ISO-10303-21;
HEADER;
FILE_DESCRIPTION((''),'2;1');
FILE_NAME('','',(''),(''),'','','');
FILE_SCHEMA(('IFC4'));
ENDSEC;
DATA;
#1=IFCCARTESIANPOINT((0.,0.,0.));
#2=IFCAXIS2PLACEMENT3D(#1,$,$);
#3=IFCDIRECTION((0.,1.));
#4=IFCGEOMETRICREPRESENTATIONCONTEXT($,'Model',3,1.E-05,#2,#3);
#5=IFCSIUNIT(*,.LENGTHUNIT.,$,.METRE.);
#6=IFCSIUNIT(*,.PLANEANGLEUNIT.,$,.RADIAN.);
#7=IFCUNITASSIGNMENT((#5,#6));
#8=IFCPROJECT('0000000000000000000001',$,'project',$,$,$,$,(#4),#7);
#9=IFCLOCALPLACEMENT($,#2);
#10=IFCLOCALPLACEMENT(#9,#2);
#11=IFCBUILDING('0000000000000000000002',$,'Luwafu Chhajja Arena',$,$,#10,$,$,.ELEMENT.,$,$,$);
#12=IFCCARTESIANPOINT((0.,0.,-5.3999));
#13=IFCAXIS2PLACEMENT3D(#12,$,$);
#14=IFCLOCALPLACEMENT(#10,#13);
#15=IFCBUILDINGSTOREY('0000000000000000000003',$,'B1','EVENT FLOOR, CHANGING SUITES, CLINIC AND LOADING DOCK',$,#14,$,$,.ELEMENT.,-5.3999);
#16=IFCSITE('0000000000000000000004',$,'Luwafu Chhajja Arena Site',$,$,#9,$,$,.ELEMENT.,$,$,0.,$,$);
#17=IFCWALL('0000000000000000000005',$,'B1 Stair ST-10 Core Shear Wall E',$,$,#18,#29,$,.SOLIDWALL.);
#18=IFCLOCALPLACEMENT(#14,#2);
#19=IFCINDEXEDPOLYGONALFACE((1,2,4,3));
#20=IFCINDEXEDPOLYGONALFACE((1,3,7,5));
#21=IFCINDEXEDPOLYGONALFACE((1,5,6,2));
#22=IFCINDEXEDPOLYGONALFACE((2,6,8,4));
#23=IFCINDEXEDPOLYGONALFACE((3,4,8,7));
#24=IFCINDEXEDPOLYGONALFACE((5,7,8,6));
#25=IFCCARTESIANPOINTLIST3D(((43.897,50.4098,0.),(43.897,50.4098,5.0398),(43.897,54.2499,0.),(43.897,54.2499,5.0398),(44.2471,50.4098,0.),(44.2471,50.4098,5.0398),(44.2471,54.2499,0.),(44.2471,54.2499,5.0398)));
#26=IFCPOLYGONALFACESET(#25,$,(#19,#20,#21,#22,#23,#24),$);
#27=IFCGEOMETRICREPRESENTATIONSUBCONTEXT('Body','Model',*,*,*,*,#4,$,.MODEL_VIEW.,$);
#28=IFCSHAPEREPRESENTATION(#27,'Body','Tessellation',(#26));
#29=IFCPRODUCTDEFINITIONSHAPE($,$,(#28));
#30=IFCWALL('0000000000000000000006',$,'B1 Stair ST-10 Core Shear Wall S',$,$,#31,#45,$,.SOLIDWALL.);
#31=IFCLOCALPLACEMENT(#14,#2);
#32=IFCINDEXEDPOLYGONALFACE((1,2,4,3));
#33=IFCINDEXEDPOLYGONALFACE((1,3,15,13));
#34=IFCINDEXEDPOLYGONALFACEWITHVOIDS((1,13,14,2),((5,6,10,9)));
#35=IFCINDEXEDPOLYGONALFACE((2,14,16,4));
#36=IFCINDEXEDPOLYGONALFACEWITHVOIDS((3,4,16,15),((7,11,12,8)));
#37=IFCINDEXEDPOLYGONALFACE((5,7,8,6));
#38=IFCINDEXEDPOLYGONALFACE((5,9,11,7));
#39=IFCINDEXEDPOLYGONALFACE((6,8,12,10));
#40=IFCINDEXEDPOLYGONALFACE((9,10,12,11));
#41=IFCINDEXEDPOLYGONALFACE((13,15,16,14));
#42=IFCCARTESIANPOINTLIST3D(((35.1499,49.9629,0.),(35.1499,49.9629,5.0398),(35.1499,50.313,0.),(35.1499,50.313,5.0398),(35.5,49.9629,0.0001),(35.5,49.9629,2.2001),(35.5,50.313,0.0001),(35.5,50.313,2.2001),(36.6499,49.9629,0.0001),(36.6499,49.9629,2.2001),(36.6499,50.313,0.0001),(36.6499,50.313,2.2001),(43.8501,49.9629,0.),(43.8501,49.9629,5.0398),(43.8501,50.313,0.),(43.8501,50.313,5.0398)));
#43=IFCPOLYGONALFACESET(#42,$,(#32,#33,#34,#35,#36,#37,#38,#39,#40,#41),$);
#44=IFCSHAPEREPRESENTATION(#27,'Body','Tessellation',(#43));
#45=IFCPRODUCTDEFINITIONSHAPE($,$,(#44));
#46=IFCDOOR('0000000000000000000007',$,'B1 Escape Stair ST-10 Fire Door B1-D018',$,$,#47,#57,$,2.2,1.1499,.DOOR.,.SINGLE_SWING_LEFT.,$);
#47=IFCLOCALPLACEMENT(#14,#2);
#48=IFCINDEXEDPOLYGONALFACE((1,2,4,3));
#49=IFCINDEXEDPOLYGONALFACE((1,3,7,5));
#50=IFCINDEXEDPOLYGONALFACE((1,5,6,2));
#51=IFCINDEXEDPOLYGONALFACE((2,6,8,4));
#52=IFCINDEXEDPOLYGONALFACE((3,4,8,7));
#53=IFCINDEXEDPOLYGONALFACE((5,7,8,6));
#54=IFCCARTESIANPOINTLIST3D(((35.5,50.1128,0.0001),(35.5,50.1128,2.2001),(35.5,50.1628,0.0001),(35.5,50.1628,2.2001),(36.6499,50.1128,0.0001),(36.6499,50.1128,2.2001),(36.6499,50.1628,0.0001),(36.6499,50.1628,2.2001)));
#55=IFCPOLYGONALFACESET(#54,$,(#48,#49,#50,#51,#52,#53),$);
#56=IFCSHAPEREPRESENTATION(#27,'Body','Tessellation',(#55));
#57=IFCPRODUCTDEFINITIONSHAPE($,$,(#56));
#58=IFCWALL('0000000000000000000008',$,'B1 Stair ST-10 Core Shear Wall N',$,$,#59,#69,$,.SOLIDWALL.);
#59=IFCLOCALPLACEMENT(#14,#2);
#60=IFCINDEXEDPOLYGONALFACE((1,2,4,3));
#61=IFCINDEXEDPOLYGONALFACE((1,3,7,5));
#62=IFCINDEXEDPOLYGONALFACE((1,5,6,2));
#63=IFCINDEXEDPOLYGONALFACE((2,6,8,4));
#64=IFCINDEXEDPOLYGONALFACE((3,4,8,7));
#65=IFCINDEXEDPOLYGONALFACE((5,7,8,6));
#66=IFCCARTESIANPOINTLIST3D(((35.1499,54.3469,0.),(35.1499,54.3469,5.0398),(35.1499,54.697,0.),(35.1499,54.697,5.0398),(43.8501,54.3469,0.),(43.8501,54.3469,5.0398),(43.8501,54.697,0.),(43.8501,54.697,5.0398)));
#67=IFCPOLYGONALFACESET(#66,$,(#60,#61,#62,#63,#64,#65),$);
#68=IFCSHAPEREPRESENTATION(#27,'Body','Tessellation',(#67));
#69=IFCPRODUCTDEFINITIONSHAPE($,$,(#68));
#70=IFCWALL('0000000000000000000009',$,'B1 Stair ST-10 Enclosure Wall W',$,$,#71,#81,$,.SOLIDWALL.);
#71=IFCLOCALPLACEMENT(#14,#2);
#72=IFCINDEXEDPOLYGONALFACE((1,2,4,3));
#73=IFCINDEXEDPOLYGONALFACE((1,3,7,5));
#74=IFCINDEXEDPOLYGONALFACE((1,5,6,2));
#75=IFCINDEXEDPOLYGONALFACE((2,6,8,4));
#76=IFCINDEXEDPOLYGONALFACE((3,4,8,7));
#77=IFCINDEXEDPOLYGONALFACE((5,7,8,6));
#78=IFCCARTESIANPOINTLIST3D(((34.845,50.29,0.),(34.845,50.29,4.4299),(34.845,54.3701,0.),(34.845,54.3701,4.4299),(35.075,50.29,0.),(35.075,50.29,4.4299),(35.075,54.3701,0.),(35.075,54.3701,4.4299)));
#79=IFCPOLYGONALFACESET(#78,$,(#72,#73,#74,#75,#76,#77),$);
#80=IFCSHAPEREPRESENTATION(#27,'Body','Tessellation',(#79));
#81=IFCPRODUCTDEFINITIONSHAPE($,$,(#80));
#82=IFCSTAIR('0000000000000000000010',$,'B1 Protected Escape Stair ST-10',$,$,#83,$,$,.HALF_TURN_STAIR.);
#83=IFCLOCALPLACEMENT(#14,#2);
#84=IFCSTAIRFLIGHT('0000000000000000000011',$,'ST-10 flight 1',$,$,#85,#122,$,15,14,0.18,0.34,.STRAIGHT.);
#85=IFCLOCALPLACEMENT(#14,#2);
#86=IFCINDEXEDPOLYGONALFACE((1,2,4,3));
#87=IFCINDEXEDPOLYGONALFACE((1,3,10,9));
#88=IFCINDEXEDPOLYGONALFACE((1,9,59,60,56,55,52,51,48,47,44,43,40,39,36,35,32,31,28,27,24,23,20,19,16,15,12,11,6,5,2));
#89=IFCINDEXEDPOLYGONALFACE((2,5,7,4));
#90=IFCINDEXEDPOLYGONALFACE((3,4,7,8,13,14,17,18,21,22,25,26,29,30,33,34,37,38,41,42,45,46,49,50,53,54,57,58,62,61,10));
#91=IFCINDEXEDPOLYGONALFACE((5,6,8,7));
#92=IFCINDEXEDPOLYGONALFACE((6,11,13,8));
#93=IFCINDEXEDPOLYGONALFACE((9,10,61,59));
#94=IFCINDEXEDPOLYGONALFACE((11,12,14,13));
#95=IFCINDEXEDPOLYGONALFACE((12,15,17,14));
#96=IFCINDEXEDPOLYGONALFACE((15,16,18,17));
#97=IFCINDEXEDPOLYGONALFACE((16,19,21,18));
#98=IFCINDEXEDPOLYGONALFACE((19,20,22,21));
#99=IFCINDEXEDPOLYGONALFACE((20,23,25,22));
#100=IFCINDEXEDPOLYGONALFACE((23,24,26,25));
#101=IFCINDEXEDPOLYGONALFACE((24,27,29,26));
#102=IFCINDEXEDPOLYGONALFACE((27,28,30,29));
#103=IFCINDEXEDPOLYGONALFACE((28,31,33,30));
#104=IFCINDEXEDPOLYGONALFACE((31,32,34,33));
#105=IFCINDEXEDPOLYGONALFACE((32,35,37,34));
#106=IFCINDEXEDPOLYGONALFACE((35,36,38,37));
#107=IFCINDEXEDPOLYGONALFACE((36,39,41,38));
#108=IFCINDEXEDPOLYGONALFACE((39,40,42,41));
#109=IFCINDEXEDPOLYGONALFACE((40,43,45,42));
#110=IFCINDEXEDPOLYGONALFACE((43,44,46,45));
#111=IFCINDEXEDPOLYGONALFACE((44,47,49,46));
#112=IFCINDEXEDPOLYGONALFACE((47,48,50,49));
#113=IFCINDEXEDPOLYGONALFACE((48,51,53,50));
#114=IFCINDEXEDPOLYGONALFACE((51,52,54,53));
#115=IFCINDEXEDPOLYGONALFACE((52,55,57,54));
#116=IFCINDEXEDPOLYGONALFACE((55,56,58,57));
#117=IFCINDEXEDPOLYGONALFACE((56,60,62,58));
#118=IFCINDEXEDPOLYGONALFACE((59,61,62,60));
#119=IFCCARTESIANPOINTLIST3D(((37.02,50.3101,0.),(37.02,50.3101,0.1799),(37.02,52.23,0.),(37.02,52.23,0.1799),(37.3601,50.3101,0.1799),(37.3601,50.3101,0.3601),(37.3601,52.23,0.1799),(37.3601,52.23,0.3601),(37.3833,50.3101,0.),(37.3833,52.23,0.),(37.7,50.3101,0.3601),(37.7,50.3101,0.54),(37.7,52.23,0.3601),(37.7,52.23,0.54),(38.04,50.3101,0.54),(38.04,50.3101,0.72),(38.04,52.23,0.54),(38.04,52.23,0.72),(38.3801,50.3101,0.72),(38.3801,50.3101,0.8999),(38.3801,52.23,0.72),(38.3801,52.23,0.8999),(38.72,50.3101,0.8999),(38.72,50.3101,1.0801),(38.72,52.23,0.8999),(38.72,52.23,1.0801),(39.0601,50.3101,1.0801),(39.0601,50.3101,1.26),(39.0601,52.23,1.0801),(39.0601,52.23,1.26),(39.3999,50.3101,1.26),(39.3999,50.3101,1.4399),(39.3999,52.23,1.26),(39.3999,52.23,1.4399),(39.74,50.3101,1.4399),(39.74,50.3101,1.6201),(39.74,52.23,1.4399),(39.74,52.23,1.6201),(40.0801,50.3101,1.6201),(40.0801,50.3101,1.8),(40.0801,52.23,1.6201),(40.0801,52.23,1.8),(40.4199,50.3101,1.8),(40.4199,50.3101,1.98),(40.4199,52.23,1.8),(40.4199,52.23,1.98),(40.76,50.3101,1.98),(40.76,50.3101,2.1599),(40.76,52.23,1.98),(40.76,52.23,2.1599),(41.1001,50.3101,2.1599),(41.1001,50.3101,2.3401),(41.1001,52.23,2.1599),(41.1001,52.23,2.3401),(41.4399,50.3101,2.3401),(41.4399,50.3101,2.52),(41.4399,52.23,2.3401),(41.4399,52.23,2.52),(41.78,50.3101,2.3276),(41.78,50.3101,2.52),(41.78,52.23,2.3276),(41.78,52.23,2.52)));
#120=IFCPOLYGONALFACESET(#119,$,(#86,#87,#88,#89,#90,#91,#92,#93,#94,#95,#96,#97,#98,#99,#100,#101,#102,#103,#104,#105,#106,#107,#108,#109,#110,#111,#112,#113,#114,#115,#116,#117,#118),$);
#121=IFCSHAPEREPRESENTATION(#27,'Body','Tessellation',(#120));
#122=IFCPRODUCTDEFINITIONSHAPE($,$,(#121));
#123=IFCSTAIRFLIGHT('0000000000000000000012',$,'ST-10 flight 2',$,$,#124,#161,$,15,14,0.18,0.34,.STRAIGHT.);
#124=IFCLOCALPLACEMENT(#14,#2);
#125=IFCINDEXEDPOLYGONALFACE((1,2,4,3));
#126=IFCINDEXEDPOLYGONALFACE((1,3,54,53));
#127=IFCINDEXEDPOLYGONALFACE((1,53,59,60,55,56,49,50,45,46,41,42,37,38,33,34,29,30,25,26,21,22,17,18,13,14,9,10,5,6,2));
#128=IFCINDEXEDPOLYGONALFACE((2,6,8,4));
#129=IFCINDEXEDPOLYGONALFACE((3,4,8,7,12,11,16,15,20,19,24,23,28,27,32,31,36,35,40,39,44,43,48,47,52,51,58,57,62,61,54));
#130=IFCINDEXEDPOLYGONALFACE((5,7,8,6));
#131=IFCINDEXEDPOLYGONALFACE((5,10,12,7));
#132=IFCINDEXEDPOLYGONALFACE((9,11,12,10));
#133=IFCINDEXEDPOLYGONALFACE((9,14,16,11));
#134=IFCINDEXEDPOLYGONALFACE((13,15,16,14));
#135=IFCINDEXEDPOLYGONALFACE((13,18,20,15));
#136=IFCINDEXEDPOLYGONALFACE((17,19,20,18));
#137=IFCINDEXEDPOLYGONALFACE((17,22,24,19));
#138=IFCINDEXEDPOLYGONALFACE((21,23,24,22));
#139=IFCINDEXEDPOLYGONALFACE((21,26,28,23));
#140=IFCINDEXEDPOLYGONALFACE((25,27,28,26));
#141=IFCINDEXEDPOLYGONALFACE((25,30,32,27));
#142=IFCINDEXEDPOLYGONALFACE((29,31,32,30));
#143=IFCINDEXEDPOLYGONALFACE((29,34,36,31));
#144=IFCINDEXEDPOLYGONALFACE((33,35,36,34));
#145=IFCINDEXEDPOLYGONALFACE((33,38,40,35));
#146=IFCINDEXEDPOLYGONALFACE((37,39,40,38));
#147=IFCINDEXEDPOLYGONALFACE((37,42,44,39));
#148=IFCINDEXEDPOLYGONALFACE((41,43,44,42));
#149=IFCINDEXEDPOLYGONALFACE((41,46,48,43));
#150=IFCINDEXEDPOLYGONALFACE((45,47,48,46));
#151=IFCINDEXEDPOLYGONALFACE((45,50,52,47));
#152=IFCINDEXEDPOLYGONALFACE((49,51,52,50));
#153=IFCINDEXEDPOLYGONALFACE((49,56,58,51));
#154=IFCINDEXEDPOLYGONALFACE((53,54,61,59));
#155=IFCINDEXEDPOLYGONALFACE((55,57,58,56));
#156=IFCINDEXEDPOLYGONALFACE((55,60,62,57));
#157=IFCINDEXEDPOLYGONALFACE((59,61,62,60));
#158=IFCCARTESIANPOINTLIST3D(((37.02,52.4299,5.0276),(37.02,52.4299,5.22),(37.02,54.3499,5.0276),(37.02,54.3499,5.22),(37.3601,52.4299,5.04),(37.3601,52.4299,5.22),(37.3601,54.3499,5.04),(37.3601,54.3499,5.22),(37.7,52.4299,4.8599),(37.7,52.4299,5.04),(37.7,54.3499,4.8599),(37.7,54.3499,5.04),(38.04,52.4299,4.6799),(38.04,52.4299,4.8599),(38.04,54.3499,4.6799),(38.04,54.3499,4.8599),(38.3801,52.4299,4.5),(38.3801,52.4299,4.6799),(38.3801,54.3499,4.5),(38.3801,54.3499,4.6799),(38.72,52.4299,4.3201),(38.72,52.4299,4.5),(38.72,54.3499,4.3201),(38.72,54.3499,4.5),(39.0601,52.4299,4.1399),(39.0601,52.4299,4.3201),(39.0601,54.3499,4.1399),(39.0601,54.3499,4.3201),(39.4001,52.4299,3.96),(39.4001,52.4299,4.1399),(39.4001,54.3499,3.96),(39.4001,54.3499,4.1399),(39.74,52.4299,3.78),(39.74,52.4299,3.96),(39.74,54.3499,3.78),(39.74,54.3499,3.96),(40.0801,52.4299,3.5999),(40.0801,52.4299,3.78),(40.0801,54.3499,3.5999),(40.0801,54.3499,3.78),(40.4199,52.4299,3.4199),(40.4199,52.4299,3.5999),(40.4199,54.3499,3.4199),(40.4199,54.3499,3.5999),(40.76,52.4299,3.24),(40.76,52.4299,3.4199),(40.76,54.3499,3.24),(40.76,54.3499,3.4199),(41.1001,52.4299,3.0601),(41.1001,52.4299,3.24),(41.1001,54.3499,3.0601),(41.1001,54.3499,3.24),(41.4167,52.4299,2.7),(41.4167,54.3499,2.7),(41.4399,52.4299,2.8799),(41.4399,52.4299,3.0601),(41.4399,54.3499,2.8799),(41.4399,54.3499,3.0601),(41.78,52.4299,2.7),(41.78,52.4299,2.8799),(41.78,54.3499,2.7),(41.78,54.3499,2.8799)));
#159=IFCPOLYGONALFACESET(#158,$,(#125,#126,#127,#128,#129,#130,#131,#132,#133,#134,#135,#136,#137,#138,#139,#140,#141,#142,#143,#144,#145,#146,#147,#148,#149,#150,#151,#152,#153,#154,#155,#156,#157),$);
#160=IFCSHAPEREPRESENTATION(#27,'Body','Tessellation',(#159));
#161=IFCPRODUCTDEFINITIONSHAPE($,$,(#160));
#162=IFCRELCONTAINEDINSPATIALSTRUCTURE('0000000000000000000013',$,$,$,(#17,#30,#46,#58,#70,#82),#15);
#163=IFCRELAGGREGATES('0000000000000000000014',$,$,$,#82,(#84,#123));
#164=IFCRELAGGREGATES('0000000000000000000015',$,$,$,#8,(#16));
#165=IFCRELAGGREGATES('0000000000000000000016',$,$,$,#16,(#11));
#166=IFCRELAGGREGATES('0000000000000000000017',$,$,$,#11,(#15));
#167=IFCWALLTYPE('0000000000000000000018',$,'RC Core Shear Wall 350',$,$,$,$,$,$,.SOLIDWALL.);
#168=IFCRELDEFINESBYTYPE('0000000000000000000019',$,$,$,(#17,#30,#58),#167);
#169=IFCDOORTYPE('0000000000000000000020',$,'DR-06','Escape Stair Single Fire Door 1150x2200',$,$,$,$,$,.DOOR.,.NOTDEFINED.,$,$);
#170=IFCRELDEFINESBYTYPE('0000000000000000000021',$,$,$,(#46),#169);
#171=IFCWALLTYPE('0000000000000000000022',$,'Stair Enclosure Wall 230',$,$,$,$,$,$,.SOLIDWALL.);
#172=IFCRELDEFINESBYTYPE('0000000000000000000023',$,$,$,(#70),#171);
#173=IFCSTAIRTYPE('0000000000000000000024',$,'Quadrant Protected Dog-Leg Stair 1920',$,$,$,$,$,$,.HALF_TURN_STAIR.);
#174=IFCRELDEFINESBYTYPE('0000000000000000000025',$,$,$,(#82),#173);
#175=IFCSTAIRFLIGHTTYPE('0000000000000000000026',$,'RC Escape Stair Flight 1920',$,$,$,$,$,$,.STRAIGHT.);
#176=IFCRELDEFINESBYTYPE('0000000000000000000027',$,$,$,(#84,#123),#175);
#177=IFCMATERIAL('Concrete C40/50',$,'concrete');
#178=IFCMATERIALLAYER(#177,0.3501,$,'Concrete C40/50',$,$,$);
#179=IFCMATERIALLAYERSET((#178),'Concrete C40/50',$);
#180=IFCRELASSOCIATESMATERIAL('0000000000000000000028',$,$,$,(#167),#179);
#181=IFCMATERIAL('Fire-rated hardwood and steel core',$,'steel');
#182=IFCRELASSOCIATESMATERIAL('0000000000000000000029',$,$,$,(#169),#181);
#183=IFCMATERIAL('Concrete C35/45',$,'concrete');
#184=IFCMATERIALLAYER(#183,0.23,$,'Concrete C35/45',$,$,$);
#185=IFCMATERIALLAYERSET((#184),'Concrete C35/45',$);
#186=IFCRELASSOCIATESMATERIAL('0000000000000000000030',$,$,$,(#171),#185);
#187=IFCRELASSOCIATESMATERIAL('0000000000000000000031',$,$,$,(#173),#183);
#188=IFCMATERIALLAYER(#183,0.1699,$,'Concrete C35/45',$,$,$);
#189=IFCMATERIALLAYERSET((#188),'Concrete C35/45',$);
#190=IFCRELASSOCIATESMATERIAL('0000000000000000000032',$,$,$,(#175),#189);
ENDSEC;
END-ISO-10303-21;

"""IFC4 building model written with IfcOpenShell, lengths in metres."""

from ifc_helpers import new_model, si_unit, direction, frame, frame_2d, origin, place, context, subcontext, project, spatial, polyline, rectangle, outline, extrude, material, layer, layer_set, type_object, element, fill, aggregate, save


model = new_model("IFC4")

# Units and contexts
model_context = context("Model", 3, precision=1e-05, world=origin(), true_north=direction((0.0, 1.0)))
body_context = subcontext(model_context, "Body", "Model", "MODEL_VIEW")
ifc_project = project(units=[si_unit("LENGTHUNIT", "METRE"), si_unit("PLANEANGLEUNIT", "RADIAN")], contexts=[model_context])

# Site, building, storey
site_placement = place(None, origin())
site = spatial("IfcSite", under=ifc_project, at=site_placement, Name="Luwafu Chhajja Arena Site", CompositionType="ELEMENT", RefElevation=0.0)
building_placement = place(site_placement, origin())
building = spatial("IfcBuilding", under=site, at=building_placement, Name="Luwafu Chhajja Arena", CompositionType="ELEMENT")
storey_placement = place(building_placement, frame((0.0, 0.0, -5.3999)))
storey = spatial("IfcBuildingStorey", under=building, at=storey_placement, Name="B1", Description="EVENT FLOOR, CHANGING SUITES, CLINIC AND LOADING DOCK", CompositionType="ELEMENT", Elevation=-5.3999)

# Shared definitions
ifc_material_1 = material(Name="Concrete C35/45", Category="concrete")

# Shared definitions
ifc_material_2 = material(Name="Concrete C40/50", Category="concrete")
ifc_layer_1 = layer(ifc_material_2, 0.3501, Name="Concrete C40/50")
ifc_layer_set_1 = layer_set([ifc_layer_1], Name="Concrete C40/50")
wall_type_1 = type_object("IfcWallType", Name="RC Core Shear Wall 350", PredefinedType="SOLIDWALL", material=ifc_layer_set_1)
ifc_material_3 = material(Name="Fire-rated hardwood and steel core", Category="steel")
door_type = type_object("IfcDoorType", Name="DR-06", Description="Escape Stair Single Fire Door 1150x2200", OperationType="NOTDEFINED", PredefinedType="DOOR", material=ifc_material_3)

# Wall
wall_1_placement = place(storey_placement, frame((44.072, 50.4099, 0.0), z_axis=(0.0, 0.0, 1.0), x_axis=(0.0, 1.0, 0.0)))
element("IfcWall", 1, at=wall_1_placement, inside=storey, type_object=wall_type_1, Name="B1 Stair ST-10 Core Shear Wall E", PredefinedType="SOLIDWALL", context=body_context, shape_type="SweptSolid", body=[
    extrude(rectangle(XDim=3.8401, YDim=0.3501, at=frame_2d((1.9199, 0.0))), origin(), (0.0, 0.0, 1.0), 5.0398),
])

# Wall, opening, door
wall_2_placement = place(storey_placement, frame((35.1499, 50.1379, 0.0), z_axis=(0.0, 0.0, 1.0), x_axis=(1.0, 0.0, 0.0)))
wall_2 = element("IfcWall", 2, at=wall_2_placement, inside=storey, type_object=wall_type_1, Name="B1 Stair ST-10 Core Shear Wall S", PredefinedType="SOLIDWALL", context=body_context, shape_type="SweptSolid", body=[
    extrude(rectangle(XDim=8.7002, YDim=0.3501, at=frame_2d((4.3501, 0.0))), origin(), (0.0, 0.0, 1.0), 5.0398),
])
opening_1_placement = place(wall_2_placement, frame((0.3501, 0.0, 0.0)))
opening_1 = element("IfcOpeningElement", 3, at=opening_1_placement, cuts=wall_2, PredefinedType="OPENING", context=body_context, shape_type="SweptSolid", body=[
    extrude(rectangle(XDim=1.1499, YDim=2.2, at=frame_2d((0.575, 1.1001))), frame((0.0, 0.1851, 0.0), z_axis=(0.0, -1.0, 0.0), x_axis=(1.0, 0.0, 0.0)), (0.0, 0.0, 1.0), 0.3701),
])
door_1_placement = place(opening_1_placement, origin())
door_1 = element("IfcDoor", 4, at=door_1_placement, inside=storey, type_object=door_type, Name="B1 Escape Stair ST-10 Fire Door B1-D018", OperationType="SINGLE_SWING_LEFT", OverallHeight=2.2, OverallWidth=1.1499, PredefinedType="DOOR", context=body_context, shape_type="SweptSolid", body=[
    extrude(rectangle(XDim=1.1499, YDim=2.2, at=frame_2d((0.575, 1.1001))), frame((0.0, 0.0249, 0.0), z_axis=(0.0, -1.0, 0.0), x_axis=(1.0, 0.0, 0.0)), (0.0, 0.0, 1.0), 0.05),
])
fill(opening_1, door_1)

# Walls
wall_3_placement = place(storey_placement, frame((35.1499, 54.522, 0.0), z_axis=(0.0, 0.0, 1.0), x_axis=(1.0, 0.0, 0.0)))
element("IfcWall", 5, at=wall_3_placement, inside=storey, type_object=wall_type_1, Name="B1 Stair ST-10 Core Shear Wall N", PredefinedType="SOLIDWALL", context=body_context, shape_type="SweptSolid", body=[
    extrude(rectangle(XDim=8.7002, YDim=0.3501, at=frame_2d((4.3501, 0.0))), origin(), (0.0, 0.0, 1.0), 5.0398),
])
ifc_layer_2 = layer(ifc_material_1, 0.23, Name="Concrete C35/45")
ifc_layer_set_2 = layer_set([ifc_layer_2], Name="Concrete C35/45")
wall_type_2 = type_object("IfcWallType", Name="Stair Enclosure Wall 230", PredefinedType="SOLIDWALL", material=ifc_layer_set_2)
wall_4_placement = place(storey_placement, frame((34.96, 50.29, 0.0), z_axis=(0.0, 0.0, 1.0), x_axis=(0.0, 1.0, 0.0)))
element("IfcWall", 6, at=wall_4_placement, inside=storey, type_object=wall_type_2, Name="B1 Stair ST-10 Enclosure Wall W", PredefinedType="SOLIDWALL", context=body_context, shape_type="SweptSolid", body=[
    extrude(rectangle(XDim=4.0801, YDim=0.23, at=frame_2d((2.04, 0.0))), origin(), (0.0, 0.0, 1.0), 4.4299),
])

# Stair, stair flights
stair_type = type_object("IfcStairType", Name="Quadrant Protected Dog-Leg Stair 1920", PredefinedType="HALF_TURN_STAIR", material=ifc_material_1)
stair_placement = place(storey_placement, origin())
stair = element("IfcStair", 7, at=stair_placement, inside=storey, type_object=stair_type, Name="B1 Protected Escape Stair ST-10", PredefinedType="HALF_TURN_STAIR")
ifc_layer_3 = layer(ifc_material_1, 0.1699, Name="Concrete C35/45")
ifc_layer_set_3 = layer_set([ifc_layer_3], Name="Concrete C35/45")
stair_flight_type = type_object("IfcStairFlightType", Name="RC Escape Stair Flight 1920", PredefinedType="STRAIGHT", material=ifc_layer_set_3)
stair_flight_1_placement = place(storey_placement, frame((37.02, 51.27, 0.0), z_axis=(0.0, 0.0, 1.0), x_axis=(1.0, 0.0, 0.0)))
stair_flight_1 = element("IfcStairFlight", 8, at=stair_flight_1_placement, type_object=stair_flight_type, Name="ST-10 flight 1", NumberOfRisers=15, NumberOfTreads=14, PredefinedType="STRAIGHT", RiserHeight=0.18, TreadLength=0.34, context=body_context, shape_type="SweptSolid", body=[
    extrude(outline(polyline([(0.0, 0.0), (0.0, 0.1799), (0.3401, 0.1799), (0.3401, 0.3601), (0.6799, 0.3601), (0.6799, 0.54), (1.02, 0.54), (1.02, 0.72), (1.3601, 0.72), (1.3601, 0.8999), (1.7, 0.8999), (1.7, 1.0801), (2.04, 1.0801), (2.04, 1.26), (2.3799, 1.26), (2.3799, 1.4399), (2.72, 1.4399), (2.72, 1.6201), (3.0601, 1.6201), (3.0601, 1.8), (3.3999, 1.8), (3.3999, 1.98), (3.74, 1.98), (3.74, 2.1599), (4.0801, 2.1599), (4.0801, 2.3401), (4.4199, 2.3401), (4.4199, 2.52), (4.76, 2.52), (4.76, 2.7), (4.76, 2.3276), (0.3633, 0.0), (0.0, 0.0)])), frame((0.0, 0.96, 0.0), z_axis=(0.0, -1.0, 0.0), x_axis=(1.0, 0.0, 0.0)), (0.0, 0.0, 1.0), 1.9199),
])
stair_flight_2_placement = place(storey_placement, frame((41.78, 53.3899, 2.7), z_axis=(0.0, 0.0, 1.0), x_axis=(-1.0, 0.0, 0.0)))
stair_flight_2 = element("IfcStairFlight", 9, at=stair_flight_2_placement, type_object=stair_flight_type, Name="ST-10 flight 2", NumberOfRisers=15, NumberOfTreads=14, PredefinedType="STRAIGHT", RiserHeight=0.18, TreadLength=0.34, context=body_context, shape_type="SweptSolid", body=[
    extrude(outline(polyline([(0.0, 0.0), (0.0, 0.1799), (0.3401, 0.1799), (0.3401, 0.3601), (0.6799, 0.3601), (0.6799, 0.54), (1.02, 0.54), (1.02, 0.72), (1.3601, 0.72), (1.3601, 0.8999), (1.7, 0.8999), (1.7, 1.0801), (2.04, 1.0801), (2.04, 1.26), (2.3799, 1.26), (2.3799, 1.4399), (2.72, 1.4399), (2.72, 1.6201), (3.0601, 1.6201), (3.0601, 1.8), (3.3999, 1.8), (3.3999, 1.98), (3.74, 1.98), (3.74, 2.1599), (4.0801, 2.1599), (4.0801, 2.3401), (4.4199, 2.3401), (4.4199, 2.52), (4.76, 2.52), (4.76, 2.7), (4.76, 2.3276), (0.3633, 0.0), (0.0, 0.0)])), frame((0.0, 0.96, 0.0), z_axis=(0.0, -1.0, 0.0), x_axis=(1.0, 0.0, 0.0)), (0.0, 0.0, 1.0), 1.9199),
])
aggregate(stair, [stair_flight_1, stair_flight_2])

save(model, "model.ifc")
